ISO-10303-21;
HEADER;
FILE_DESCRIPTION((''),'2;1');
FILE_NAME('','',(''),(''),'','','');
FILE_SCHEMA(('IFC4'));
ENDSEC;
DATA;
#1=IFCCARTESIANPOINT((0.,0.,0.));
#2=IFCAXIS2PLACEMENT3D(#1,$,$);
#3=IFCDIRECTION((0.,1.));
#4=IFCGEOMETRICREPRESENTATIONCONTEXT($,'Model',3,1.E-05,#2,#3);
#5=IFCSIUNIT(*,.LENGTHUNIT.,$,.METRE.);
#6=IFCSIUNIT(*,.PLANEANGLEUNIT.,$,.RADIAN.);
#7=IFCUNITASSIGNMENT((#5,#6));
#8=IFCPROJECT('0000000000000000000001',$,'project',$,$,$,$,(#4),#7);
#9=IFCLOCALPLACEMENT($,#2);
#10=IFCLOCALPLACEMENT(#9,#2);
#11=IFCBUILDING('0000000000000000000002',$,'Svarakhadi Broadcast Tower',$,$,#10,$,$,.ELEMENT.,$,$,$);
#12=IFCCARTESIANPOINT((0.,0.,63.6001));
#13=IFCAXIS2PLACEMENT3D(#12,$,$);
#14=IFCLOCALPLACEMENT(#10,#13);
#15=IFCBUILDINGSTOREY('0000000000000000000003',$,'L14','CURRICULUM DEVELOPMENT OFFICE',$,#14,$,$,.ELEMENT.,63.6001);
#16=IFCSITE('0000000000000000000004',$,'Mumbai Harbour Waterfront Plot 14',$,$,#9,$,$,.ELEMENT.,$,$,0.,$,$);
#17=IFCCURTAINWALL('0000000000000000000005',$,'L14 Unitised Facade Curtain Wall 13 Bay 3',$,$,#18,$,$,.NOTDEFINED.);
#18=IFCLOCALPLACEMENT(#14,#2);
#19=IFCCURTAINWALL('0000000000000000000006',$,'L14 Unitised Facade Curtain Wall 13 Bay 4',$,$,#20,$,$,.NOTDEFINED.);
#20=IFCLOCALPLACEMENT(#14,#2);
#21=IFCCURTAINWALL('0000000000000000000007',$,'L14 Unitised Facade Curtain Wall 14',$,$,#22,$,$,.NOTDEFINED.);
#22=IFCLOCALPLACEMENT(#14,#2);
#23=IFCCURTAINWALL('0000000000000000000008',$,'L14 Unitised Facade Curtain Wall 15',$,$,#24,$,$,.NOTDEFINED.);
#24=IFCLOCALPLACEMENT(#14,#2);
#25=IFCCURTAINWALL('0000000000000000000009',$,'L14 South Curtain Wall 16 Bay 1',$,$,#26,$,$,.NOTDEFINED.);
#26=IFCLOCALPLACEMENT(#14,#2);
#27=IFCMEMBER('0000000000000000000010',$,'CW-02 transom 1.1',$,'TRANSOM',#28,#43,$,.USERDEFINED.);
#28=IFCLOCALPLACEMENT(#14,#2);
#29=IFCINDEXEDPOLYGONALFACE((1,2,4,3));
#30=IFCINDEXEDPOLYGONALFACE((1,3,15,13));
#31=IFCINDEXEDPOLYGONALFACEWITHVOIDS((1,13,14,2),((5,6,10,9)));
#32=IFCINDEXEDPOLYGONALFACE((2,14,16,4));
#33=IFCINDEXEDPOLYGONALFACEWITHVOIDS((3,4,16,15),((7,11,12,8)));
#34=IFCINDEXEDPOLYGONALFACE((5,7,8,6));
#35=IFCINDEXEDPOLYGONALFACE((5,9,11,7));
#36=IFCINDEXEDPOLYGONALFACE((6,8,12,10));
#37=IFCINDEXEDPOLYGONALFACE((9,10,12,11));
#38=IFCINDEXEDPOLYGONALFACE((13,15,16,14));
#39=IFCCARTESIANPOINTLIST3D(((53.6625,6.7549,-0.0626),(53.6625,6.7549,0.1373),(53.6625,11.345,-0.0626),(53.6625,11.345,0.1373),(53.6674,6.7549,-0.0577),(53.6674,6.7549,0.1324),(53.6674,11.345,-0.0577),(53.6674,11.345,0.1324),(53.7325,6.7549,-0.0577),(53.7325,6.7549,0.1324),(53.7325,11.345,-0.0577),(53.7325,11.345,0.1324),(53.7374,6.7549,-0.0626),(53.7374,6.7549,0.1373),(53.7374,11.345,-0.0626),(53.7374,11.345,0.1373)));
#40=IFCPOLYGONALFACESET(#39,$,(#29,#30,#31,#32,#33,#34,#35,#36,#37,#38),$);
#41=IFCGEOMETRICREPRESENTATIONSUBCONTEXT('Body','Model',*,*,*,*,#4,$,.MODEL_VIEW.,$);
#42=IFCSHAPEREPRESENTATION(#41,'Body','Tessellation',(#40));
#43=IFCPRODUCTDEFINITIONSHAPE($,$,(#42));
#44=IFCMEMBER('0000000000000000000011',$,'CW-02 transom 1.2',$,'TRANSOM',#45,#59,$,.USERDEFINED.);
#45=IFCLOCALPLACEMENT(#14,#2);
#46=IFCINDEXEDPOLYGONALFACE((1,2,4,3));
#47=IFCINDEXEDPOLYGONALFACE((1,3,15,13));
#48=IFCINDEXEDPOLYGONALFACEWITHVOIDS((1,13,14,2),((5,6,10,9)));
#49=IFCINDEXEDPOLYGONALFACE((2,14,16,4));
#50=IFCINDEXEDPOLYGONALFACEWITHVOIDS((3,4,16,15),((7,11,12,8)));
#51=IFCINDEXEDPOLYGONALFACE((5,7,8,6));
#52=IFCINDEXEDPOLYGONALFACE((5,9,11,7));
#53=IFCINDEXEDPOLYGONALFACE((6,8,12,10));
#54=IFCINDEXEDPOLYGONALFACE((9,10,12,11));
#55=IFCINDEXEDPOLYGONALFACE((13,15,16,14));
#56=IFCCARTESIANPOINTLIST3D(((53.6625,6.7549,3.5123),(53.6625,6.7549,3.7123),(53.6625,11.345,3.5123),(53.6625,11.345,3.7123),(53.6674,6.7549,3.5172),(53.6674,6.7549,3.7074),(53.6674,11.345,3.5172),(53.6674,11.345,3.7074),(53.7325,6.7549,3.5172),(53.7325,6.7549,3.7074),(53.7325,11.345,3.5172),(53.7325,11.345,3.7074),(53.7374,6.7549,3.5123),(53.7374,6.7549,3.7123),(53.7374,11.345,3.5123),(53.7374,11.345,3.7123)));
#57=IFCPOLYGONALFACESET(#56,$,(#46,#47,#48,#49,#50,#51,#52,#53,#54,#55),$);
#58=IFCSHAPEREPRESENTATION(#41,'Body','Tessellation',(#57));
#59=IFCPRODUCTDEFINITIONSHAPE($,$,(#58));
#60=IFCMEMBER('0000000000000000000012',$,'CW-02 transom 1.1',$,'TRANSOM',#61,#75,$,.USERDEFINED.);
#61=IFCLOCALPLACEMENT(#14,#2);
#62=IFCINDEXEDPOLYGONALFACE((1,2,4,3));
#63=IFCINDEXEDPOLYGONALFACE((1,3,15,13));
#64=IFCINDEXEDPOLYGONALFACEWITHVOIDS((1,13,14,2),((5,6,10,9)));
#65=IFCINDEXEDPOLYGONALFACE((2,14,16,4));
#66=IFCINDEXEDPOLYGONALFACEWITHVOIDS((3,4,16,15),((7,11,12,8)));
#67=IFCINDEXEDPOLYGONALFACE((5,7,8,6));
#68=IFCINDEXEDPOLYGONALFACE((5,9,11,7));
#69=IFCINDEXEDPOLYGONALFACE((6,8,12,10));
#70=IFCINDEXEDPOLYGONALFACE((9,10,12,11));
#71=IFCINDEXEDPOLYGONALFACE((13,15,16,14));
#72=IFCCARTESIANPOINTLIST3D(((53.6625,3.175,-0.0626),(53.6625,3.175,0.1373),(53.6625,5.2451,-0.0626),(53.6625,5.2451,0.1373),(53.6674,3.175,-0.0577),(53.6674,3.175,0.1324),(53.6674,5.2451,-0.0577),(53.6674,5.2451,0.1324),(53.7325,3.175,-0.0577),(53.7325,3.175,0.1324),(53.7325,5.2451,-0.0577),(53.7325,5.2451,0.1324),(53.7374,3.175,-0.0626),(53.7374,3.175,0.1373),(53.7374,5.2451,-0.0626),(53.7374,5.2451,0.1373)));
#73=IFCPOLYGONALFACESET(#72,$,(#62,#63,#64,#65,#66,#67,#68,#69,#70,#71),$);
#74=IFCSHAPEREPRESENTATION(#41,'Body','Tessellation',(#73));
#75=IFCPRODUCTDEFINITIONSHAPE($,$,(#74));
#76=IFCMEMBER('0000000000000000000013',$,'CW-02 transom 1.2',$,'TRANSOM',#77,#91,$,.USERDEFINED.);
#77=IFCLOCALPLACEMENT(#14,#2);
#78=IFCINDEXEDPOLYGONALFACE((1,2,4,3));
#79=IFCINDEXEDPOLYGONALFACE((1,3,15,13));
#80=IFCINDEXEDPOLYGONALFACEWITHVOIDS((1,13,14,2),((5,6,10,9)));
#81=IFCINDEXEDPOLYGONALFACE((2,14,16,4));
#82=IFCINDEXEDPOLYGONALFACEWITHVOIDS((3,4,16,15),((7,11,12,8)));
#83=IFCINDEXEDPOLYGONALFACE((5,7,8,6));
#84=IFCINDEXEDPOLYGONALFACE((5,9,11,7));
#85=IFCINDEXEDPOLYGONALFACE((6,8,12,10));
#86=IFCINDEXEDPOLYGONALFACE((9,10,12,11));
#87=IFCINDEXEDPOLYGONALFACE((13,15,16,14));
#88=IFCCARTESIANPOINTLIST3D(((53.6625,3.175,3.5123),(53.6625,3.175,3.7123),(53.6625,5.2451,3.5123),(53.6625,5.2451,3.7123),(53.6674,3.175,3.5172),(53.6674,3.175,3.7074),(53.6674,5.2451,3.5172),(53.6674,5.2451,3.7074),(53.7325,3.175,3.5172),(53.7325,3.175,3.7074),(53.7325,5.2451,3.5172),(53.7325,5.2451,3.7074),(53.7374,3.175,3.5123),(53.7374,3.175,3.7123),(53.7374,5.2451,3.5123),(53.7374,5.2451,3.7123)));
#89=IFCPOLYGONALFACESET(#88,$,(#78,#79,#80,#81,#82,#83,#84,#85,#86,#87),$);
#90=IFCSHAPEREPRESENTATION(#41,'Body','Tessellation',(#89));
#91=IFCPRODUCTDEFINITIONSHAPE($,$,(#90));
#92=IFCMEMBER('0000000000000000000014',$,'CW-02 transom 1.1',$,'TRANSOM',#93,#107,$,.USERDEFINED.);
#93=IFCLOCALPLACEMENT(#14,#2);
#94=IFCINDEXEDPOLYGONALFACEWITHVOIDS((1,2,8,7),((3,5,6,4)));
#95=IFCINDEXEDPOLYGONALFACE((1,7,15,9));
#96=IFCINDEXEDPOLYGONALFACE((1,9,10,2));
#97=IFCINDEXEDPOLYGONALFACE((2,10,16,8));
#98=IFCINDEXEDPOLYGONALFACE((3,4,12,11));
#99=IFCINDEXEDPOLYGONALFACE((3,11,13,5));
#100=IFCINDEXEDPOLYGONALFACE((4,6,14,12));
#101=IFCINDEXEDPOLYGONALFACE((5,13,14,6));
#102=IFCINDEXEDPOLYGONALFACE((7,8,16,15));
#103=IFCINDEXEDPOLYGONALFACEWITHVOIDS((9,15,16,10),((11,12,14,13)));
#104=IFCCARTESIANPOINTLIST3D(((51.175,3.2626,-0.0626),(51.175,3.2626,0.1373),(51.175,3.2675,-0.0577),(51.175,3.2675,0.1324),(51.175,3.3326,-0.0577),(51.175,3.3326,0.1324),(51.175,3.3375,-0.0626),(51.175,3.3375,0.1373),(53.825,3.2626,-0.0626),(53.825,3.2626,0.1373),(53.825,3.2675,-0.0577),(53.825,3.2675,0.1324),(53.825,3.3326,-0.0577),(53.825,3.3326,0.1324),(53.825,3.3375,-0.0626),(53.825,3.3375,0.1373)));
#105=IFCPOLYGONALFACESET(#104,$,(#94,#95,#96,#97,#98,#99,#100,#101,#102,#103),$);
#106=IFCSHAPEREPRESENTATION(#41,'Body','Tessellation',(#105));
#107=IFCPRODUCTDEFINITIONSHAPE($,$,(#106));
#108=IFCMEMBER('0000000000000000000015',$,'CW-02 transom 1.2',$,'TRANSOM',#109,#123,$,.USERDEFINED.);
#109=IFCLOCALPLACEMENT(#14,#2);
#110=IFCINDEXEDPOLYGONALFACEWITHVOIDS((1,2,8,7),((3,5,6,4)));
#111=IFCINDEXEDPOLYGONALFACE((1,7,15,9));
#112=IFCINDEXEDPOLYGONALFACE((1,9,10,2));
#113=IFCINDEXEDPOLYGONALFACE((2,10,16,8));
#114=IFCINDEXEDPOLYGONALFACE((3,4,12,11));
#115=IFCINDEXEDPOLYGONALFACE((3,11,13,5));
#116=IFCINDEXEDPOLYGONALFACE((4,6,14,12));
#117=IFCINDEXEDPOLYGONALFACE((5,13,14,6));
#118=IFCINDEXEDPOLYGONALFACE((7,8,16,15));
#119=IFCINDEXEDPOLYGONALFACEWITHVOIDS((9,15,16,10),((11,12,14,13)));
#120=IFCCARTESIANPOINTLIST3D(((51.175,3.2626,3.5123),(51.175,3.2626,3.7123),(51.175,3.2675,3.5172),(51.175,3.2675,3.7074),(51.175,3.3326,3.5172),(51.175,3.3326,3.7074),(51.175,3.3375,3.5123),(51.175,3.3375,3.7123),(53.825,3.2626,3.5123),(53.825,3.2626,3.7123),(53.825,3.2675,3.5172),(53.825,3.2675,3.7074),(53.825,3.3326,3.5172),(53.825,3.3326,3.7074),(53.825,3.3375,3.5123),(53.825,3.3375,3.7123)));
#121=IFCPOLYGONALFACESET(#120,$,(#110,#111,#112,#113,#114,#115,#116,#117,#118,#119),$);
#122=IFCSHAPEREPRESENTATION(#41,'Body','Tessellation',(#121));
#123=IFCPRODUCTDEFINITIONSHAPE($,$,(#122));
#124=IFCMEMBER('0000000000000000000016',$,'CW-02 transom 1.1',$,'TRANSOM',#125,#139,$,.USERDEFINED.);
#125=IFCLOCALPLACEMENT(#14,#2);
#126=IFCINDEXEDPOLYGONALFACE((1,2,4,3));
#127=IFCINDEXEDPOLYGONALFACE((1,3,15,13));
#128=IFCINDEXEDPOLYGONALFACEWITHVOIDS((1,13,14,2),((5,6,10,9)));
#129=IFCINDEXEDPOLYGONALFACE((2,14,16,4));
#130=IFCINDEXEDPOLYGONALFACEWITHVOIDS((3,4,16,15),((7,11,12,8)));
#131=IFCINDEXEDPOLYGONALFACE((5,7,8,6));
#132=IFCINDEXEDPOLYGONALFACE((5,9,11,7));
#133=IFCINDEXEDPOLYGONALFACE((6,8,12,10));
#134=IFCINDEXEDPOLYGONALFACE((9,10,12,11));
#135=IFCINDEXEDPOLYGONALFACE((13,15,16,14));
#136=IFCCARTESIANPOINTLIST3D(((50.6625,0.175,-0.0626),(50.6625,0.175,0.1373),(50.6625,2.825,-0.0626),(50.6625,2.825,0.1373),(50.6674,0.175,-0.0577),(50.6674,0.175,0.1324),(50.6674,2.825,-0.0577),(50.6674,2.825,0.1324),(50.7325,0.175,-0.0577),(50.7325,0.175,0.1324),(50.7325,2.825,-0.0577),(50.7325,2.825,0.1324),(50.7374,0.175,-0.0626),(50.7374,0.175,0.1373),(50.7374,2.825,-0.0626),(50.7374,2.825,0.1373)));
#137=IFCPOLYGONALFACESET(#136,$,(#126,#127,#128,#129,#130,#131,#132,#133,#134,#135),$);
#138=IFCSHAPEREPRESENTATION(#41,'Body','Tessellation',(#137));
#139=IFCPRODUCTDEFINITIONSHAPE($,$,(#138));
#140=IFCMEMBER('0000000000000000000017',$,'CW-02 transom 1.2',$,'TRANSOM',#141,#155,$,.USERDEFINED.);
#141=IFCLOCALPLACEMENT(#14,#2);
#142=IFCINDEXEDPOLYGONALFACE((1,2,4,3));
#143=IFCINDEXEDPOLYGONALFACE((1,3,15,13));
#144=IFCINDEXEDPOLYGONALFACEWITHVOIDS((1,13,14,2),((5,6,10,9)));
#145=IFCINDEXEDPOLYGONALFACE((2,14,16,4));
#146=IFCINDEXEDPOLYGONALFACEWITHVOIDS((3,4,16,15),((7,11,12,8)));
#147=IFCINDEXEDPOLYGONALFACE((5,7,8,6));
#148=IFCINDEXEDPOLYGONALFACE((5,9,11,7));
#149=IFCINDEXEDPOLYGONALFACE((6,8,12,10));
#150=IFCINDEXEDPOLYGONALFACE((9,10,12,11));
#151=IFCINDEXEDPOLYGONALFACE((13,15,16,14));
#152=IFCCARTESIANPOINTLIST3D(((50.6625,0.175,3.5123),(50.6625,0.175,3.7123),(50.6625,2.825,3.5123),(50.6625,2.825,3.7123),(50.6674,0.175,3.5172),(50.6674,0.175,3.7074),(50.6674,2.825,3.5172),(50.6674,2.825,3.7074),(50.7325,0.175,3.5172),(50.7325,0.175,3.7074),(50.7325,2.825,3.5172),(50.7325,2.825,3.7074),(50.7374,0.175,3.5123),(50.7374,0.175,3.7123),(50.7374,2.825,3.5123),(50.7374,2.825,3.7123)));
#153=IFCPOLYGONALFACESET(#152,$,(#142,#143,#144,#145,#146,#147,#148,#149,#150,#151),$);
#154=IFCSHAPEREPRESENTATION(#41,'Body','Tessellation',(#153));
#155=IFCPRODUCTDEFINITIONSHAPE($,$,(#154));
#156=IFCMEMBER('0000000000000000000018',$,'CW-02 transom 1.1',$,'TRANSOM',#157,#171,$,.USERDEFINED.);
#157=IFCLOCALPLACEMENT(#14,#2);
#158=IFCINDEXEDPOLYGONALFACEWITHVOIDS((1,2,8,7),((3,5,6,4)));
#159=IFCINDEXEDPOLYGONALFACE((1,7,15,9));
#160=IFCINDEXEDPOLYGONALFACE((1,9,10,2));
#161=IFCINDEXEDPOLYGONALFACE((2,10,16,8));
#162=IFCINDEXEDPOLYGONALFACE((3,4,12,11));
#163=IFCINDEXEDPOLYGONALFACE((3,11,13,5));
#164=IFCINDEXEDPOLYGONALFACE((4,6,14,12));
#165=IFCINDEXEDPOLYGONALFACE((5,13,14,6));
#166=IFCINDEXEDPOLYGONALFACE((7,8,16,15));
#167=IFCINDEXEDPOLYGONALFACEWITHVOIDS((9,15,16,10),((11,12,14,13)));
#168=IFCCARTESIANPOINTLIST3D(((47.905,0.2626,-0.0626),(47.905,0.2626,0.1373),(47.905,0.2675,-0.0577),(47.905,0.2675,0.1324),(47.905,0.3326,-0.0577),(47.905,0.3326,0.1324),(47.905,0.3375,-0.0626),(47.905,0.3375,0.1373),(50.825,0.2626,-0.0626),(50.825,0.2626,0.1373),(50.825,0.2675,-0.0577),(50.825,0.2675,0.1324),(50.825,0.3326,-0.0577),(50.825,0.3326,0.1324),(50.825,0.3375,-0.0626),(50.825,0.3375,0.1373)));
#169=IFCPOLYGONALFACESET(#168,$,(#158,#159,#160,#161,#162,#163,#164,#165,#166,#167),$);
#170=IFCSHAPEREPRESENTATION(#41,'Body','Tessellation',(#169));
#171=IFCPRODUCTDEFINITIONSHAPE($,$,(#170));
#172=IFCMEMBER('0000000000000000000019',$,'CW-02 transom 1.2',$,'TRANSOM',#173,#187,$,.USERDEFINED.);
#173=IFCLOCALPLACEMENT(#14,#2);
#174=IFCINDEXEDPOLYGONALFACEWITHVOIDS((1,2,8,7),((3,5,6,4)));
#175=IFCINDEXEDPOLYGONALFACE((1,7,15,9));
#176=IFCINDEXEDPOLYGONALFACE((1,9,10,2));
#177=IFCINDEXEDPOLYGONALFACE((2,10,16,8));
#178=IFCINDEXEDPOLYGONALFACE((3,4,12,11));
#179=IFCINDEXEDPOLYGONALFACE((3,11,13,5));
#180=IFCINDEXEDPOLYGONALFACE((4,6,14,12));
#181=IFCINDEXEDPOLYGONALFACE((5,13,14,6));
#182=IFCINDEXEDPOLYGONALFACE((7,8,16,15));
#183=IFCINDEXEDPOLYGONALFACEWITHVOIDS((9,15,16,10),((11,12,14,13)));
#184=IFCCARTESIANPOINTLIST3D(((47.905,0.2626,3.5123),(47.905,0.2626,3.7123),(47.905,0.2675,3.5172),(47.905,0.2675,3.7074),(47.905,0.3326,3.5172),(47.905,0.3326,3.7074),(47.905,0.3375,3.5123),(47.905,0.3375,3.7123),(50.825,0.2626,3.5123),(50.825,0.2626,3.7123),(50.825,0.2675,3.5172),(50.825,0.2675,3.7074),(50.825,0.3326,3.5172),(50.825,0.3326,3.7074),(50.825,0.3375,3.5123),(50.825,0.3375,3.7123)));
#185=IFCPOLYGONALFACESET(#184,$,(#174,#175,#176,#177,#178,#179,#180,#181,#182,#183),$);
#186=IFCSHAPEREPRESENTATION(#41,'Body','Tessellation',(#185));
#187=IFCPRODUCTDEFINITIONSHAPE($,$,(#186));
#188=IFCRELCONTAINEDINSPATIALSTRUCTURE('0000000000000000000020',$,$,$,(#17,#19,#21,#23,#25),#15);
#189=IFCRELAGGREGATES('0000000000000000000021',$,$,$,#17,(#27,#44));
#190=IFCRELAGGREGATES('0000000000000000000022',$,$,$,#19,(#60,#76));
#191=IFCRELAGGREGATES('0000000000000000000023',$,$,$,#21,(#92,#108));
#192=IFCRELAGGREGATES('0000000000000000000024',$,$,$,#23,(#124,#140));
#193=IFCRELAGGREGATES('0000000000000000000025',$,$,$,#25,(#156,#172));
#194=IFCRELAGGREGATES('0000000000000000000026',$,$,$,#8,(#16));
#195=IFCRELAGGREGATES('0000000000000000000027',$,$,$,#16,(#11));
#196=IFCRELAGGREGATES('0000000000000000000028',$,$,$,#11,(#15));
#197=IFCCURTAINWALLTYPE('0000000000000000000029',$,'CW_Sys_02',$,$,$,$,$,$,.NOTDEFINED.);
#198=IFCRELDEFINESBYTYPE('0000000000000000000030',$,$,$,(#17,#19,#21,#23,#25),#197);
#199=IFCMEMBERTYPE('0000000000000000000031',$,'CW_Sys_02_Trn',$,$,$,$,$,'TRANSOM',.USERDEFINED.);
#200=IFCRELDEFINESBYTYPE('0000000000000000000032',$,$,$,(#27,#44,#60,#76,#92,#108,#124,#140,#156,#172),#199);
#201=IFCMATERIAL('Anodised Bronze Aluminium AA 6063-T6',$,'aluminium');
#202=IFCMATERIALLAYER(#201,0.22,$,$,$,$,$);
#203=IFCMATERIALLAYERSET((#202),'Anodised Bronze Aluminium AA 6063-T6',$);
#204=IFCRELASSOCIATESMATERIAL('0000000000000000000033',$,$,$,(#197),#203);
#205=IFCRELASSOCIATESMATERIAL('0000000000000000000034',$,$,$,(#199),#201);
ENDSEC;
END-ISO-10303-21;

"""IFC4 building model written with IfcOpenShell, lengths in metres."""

from ifc_helpers import new_model, si_unit, direction, frame, origin, origin_2d, place, context, subcontext, project, spatial, hollow_rectangle, extrude, material, layer, layer_set, material_profile, profile_set, type_object, element, aggregate, save


model = new_model("IFC4")

# Units and contexts
model_context = context("Model", 3, precision=1e-05, world=origin(), true_north=direction((0.0, 1.0)))
body_context = subcontext(model_context, "Body", "Model", "MODEL_VIEW")
ifc_project = project(units=[si_unit("LENGTHUNIT", "METRE"), si_unit("PLANEANGLEUNIT", "RADIAN")], contexts=[model_context])

# Site, building, storey
site_placement = place(None, origin())
site = spatial("IfcSite", under=ifc_project, at=site_placement, Name="Mumbai Harbour Waterfront Plot 14", CompositionType="ELEMENT", RefElevation=0.0)
building_placement = place(site_placement, origin())
building = spatial("IfcBuilding", under=site, at=building_placement, Name="Svarakhadi Broadcast Tower", CompositionType="ELEMENT")
storey_placement = place(building_placement, frame((0.0, 0.0, 63.6001)))
storey = spatial("IfcBuildingStorey", under=building, at=storey_placement, Name="L14", Description="CURRICULUM DEVELOPMENT OFFICE", CompositionType="ELEMENT", Elevation=63.6001)

# Curtain walls
ifc_material_1 = material(Name="Anodised Bronze Aluminium AA 6063-T6", Category="aluminium")
ifc_layer_1 = layer(ifc_material_1, 0.22)
ifc_layer_set_1 = layer_set([ifc_layer_1], Name="Anodised Bronze Aluminium AA 6063-T6")
curtain_wall_type = type_object("IfcCurtainWallType", Name="CW_Sys_02", PredefinedType="NOTDEFINED", material=ifc_layer_set_1)
curtain_wall_1_placement = place(storey_placement, origin())
curtain_wall_1 = element("IfcCurtainWall", 1, at=curtain_wall_1_placement, inside=storey, type_object=curtain_wall_type, Name="L14 Unitised Facade Curtain Wall 13 Bay 3", PredefinedType="NOTDEFINED")
curtain_wall_2_placement = place(storey_placement, origin())
curtain_wall_2 = element("IfcCurtainWall", 2, at=curtain_wall_2_placement, inside=storey, type_object=curtain_wall_type, Name="L14 Unitised Facade Curtain Wall 13 Bay 4", PredefinedType="NOTDEFINED")
curtain_wall_3_placement = place(storey_placement, origin())
curtain_wall_3 = element("IfcCurtainWall", 3, at=curtain_wall_3_placement, inside=storey, type_object=curtain_wall_type, Name="L14 Unitised Facade Curtain Wall 14", PredefinedType="NOTDEFINED")
curtain_wall_4_placement = place(storey_placement, origin())
curtain_wall_4 = element("IfcCurtainWall", 4, at=curtain_wall_4_placement, inside=storey, type_object=curtain_wall_type, Name="L14 Unitised Facade Curtain Wall 15", PredefinedType="NOTDEFINED")
curtain_wall_5_placement = place(storey_placement, origin())
curtain_wall_5 = element("IfcCurtainWall", 5, at=curtain_wall_5_placement, inside=storey, type_object=curtain_wall_type, Name="L14 South Curtain Wall 16 Bay 1", PredefinedType="NOTDEFINED")

# Members
ifc_material_profile_1 = material_profile(ifc_material_1, hollow_rectangle(XDim=0.075, YDim=0.2, WallThickness=0.0049, at=origin_2d()), Name="ALU TRANSOM 200x75x5")
ifc_profile_set_1 = profile_set([ifc_material_profile_1], Name="Anodised Bronze Aluminium AA 6063-T6")
member_type_1 = type_object("IfcMemberType", Name="CW_Sys_02_Trn", ElementType="TRANSOM", PredefinedType="USERDEFINED", material=ifc_profile_set_1)
member_1_placement = place(storey_placement, frame((53.7, 11.345, 0.0374), z_axis=(0.0, -1.0, 0.0), x_axis=(1.0, 0.0, 0.0)))
member_1 = element("IfcMember", 6, at=member_1_placement, type_object=member_type_1, Name="CW-02 transom 1.1", ObjectType="TRANSOM", PredefinedType="USERDEFINED", context=body_context, shape_type="SweptSolid", body=[
    extrude(hollow_rectangle(XDim=0.075, YDim=0.2, WallThickness=0.0049, at=origin_2d()), origin(), (0.0, 0.0, 1.0), 4.5901),
])
member_2_placement = place(storey_placement, frame((53.7, 11.345, 3.6123), z_axis=(0.0, -1.0, 0.0), x_axis=(1.0, 0.0, 0.0)))
member_2 = element("IfcMember", 7, at=member_2_placement, type_object=member_type_1, Name="CW-02 transom 1.2", ObjectType="TRANSOM", PredefinedType="USERDEFINED", context=body_context, shape_type="SweptSolid", body=[
    extrude(hollow_rectangle(XDim=0.075, YDim=0.2, WallThickness=0.0049, at=origin_2d()), origin(), (0.0, 0.0, 1.0), 4.5901),
])
member_3_placement = place(storey_placement, frame((53.7, 5.2451, 0.0374), z_axis=(0.0, -1.0, 0.0), x_axis=(1.0, 0.0, 0.0)))
member_3 = element("IfcMember", 8, at=member_3_placement, type_object=member_type_1, Name="CW-02 transom 1.1", ObjectType="TRANSOM", PredefinedType="USERDEFINED", context=body_context, shape_type="SweptSolid", body=[
    extrude(hollow_rectangle(XDim=0.075, YDim=0.2, WallThickness=0.0049, at=origin_2d()), origin(), (0.0, 0.0, 1.0), 2.0701),
])
member_4_placement = place(storey_placement, frame((53.7, 5.2451, 3.6123), z_axis=(0.0, -1.0, 0.0), x_axis=(1.0, 0.0, 0.0)))
member_4 = element("IfcMember", 9, at=member_4_placement, type_object=member_type_1, Name="CW-02 transom 1.2", ObjectType="TRANSOM", PredefinedType="USERDEFINED", context=body_context, shape_type="SweptSolid", body=[
    extrude(hollow_rectangle(XDim=0.075, YDim=0.2, WallThickness=0.0049, at=origin_2d()), origin(), (0.0, 0.0, 1.0), 2.0701),
])
member_5_placement = place(storey_placement, frame((53.825, 3.3, 0.0374), z_axis=(-1.0, 0.0, 0.0), x_axis=(0.0, -1.0, 0.0)))
member_5 = element("IfcMember", 10, at=member_5_placement, type_object=member_type_1, Name="CW-02 transom 1.1", ObjectType="TRANSOM", PredefinedType="USERDEFINED", context=body_context, shape_type="SweptSolid", body=[
    extrude(hollow_rectangle(XDim=0.075, YDim=0.2, WallThickness=0.0049, at=origin_2d()), origin(), (0.0, 0.0, 1.0), 2.6499),
])
member_6_placement = place(storey_placement, frame((53.825, 3.3, 3.6123), z_axis=(-1.0, 0.0, 0.0), x_axis=(0.0, -1.0, 0.0)))
member_6 = element("IfcMember", 11, at=member_6_placement, type_object=member_type_1, Name="CW-02 transom 1.2", ObjectType="TRANSOM", PredefinedType="USERDEFINED", context=body_context, shape_type="SweptSolid", body=[
    extrude(hollow_rectangle(XDim=0.075, YDim=0.2, WallThickness=0.0049, at=origin_2d()), origin(), (0.0, 0.0, 1.0), 2.6499),
])
member_7_placement = place(storey_placement, frame((50.7, 2.825, 0.0374), z_axis=(0.0, -1.0, 0.0), x_axis=(1.0, 0.0, 0.0)))
member_7 = element("IfcMember", 12, at=member_7_placement, type_object=member_type_1, Name="CW-02 transom 1.1", ObjectType="TRANSOM", PredefinedType="USERDEFINED", context=body_context, shape_type="SweptSolid", body=[
    extrude(hollow_rectangle(XDim=0.075, YDim=0.2, WallThickness=0.0049, at=origin_2d()), origin(), (0.0, 0.0, 1.0), 2.6499),
])
member_8_placement = place(storey_placement, frame((50.7, 2.825, 3.6123), z_axis=(0.0, -1.0, 0.0), x_axis=(1.0, 0.0, 0.0)))
member_8 = element("IfcMember", 13, at=member_8_placement, type_object=member_type_1, Name="CW-02 transom 1.2", ObjectType="TRANSOM", PredefinedType="USERDEFINED", context=body_context, shape_type="SweptSolid", body=[
    extrude(hollow_rectangle(XDim=0.075, YDim=0.2, WallThickness=0.0049, at=origin_2d()), origin(), (0.0, 0.0, 1.0), 2.6499),
])
member_9_placement = place(storey_placement, frame((50.825, 0.3, 0.0374), z_axis=(-1.0, 0.0, 0.0), x_axis=(0.0, -1.0, 0.0)))
member_9 = element("IfcMember", 14, at=member_9_placement, type_object=member_type_1, Name="CW-02 transom 1.1", ObjectType="TRANSOM", PredefinedType="USERDEFINED", context=body_context, shape_type="SweptSolid", body=[
    extrude(hollow_rectangle(XDim=0.075, YDim=0.2, WallThickness=0.0049, at=origin_2d()), origin(), (0.0, 0.0, 1.0), 2.9199),
])
member_10_placement = place(storey_placement, frame((50.825, 0.3, 3.6123), z_axis=(-1.0, 0.0, 0.0), x_axis=(0.0, -1.0, 0.0)))
member_10 = element("IfcMember", 15, at=member_10_placement, type_object=member_type_1, Name="CW-02 transom 1.2", ObjectType="TRANSOM", PredefinedType="USERDEFINED", context=body_context, shape_type="SweptSolid", body=[
    extrude(hollow_rectangle(XDim=0.075, YDim=0.2, WallThickness=0.0049, at=origin_2d()), origin(), (0.0, 0.0, 1.0), 2.9199),
])

aggregate(curtain_wall_1, [member_1, member_2])
aggregate(curtain_wall_2, [member_3, member_4])
aggregate(curtain_wall_3, [member_5, member_6])
aggregate(curtain_wall_4, [member_7, member_8])
aggregate(curtain_wall_5, [member_9, member_10])

save(model, "model.ifc")
